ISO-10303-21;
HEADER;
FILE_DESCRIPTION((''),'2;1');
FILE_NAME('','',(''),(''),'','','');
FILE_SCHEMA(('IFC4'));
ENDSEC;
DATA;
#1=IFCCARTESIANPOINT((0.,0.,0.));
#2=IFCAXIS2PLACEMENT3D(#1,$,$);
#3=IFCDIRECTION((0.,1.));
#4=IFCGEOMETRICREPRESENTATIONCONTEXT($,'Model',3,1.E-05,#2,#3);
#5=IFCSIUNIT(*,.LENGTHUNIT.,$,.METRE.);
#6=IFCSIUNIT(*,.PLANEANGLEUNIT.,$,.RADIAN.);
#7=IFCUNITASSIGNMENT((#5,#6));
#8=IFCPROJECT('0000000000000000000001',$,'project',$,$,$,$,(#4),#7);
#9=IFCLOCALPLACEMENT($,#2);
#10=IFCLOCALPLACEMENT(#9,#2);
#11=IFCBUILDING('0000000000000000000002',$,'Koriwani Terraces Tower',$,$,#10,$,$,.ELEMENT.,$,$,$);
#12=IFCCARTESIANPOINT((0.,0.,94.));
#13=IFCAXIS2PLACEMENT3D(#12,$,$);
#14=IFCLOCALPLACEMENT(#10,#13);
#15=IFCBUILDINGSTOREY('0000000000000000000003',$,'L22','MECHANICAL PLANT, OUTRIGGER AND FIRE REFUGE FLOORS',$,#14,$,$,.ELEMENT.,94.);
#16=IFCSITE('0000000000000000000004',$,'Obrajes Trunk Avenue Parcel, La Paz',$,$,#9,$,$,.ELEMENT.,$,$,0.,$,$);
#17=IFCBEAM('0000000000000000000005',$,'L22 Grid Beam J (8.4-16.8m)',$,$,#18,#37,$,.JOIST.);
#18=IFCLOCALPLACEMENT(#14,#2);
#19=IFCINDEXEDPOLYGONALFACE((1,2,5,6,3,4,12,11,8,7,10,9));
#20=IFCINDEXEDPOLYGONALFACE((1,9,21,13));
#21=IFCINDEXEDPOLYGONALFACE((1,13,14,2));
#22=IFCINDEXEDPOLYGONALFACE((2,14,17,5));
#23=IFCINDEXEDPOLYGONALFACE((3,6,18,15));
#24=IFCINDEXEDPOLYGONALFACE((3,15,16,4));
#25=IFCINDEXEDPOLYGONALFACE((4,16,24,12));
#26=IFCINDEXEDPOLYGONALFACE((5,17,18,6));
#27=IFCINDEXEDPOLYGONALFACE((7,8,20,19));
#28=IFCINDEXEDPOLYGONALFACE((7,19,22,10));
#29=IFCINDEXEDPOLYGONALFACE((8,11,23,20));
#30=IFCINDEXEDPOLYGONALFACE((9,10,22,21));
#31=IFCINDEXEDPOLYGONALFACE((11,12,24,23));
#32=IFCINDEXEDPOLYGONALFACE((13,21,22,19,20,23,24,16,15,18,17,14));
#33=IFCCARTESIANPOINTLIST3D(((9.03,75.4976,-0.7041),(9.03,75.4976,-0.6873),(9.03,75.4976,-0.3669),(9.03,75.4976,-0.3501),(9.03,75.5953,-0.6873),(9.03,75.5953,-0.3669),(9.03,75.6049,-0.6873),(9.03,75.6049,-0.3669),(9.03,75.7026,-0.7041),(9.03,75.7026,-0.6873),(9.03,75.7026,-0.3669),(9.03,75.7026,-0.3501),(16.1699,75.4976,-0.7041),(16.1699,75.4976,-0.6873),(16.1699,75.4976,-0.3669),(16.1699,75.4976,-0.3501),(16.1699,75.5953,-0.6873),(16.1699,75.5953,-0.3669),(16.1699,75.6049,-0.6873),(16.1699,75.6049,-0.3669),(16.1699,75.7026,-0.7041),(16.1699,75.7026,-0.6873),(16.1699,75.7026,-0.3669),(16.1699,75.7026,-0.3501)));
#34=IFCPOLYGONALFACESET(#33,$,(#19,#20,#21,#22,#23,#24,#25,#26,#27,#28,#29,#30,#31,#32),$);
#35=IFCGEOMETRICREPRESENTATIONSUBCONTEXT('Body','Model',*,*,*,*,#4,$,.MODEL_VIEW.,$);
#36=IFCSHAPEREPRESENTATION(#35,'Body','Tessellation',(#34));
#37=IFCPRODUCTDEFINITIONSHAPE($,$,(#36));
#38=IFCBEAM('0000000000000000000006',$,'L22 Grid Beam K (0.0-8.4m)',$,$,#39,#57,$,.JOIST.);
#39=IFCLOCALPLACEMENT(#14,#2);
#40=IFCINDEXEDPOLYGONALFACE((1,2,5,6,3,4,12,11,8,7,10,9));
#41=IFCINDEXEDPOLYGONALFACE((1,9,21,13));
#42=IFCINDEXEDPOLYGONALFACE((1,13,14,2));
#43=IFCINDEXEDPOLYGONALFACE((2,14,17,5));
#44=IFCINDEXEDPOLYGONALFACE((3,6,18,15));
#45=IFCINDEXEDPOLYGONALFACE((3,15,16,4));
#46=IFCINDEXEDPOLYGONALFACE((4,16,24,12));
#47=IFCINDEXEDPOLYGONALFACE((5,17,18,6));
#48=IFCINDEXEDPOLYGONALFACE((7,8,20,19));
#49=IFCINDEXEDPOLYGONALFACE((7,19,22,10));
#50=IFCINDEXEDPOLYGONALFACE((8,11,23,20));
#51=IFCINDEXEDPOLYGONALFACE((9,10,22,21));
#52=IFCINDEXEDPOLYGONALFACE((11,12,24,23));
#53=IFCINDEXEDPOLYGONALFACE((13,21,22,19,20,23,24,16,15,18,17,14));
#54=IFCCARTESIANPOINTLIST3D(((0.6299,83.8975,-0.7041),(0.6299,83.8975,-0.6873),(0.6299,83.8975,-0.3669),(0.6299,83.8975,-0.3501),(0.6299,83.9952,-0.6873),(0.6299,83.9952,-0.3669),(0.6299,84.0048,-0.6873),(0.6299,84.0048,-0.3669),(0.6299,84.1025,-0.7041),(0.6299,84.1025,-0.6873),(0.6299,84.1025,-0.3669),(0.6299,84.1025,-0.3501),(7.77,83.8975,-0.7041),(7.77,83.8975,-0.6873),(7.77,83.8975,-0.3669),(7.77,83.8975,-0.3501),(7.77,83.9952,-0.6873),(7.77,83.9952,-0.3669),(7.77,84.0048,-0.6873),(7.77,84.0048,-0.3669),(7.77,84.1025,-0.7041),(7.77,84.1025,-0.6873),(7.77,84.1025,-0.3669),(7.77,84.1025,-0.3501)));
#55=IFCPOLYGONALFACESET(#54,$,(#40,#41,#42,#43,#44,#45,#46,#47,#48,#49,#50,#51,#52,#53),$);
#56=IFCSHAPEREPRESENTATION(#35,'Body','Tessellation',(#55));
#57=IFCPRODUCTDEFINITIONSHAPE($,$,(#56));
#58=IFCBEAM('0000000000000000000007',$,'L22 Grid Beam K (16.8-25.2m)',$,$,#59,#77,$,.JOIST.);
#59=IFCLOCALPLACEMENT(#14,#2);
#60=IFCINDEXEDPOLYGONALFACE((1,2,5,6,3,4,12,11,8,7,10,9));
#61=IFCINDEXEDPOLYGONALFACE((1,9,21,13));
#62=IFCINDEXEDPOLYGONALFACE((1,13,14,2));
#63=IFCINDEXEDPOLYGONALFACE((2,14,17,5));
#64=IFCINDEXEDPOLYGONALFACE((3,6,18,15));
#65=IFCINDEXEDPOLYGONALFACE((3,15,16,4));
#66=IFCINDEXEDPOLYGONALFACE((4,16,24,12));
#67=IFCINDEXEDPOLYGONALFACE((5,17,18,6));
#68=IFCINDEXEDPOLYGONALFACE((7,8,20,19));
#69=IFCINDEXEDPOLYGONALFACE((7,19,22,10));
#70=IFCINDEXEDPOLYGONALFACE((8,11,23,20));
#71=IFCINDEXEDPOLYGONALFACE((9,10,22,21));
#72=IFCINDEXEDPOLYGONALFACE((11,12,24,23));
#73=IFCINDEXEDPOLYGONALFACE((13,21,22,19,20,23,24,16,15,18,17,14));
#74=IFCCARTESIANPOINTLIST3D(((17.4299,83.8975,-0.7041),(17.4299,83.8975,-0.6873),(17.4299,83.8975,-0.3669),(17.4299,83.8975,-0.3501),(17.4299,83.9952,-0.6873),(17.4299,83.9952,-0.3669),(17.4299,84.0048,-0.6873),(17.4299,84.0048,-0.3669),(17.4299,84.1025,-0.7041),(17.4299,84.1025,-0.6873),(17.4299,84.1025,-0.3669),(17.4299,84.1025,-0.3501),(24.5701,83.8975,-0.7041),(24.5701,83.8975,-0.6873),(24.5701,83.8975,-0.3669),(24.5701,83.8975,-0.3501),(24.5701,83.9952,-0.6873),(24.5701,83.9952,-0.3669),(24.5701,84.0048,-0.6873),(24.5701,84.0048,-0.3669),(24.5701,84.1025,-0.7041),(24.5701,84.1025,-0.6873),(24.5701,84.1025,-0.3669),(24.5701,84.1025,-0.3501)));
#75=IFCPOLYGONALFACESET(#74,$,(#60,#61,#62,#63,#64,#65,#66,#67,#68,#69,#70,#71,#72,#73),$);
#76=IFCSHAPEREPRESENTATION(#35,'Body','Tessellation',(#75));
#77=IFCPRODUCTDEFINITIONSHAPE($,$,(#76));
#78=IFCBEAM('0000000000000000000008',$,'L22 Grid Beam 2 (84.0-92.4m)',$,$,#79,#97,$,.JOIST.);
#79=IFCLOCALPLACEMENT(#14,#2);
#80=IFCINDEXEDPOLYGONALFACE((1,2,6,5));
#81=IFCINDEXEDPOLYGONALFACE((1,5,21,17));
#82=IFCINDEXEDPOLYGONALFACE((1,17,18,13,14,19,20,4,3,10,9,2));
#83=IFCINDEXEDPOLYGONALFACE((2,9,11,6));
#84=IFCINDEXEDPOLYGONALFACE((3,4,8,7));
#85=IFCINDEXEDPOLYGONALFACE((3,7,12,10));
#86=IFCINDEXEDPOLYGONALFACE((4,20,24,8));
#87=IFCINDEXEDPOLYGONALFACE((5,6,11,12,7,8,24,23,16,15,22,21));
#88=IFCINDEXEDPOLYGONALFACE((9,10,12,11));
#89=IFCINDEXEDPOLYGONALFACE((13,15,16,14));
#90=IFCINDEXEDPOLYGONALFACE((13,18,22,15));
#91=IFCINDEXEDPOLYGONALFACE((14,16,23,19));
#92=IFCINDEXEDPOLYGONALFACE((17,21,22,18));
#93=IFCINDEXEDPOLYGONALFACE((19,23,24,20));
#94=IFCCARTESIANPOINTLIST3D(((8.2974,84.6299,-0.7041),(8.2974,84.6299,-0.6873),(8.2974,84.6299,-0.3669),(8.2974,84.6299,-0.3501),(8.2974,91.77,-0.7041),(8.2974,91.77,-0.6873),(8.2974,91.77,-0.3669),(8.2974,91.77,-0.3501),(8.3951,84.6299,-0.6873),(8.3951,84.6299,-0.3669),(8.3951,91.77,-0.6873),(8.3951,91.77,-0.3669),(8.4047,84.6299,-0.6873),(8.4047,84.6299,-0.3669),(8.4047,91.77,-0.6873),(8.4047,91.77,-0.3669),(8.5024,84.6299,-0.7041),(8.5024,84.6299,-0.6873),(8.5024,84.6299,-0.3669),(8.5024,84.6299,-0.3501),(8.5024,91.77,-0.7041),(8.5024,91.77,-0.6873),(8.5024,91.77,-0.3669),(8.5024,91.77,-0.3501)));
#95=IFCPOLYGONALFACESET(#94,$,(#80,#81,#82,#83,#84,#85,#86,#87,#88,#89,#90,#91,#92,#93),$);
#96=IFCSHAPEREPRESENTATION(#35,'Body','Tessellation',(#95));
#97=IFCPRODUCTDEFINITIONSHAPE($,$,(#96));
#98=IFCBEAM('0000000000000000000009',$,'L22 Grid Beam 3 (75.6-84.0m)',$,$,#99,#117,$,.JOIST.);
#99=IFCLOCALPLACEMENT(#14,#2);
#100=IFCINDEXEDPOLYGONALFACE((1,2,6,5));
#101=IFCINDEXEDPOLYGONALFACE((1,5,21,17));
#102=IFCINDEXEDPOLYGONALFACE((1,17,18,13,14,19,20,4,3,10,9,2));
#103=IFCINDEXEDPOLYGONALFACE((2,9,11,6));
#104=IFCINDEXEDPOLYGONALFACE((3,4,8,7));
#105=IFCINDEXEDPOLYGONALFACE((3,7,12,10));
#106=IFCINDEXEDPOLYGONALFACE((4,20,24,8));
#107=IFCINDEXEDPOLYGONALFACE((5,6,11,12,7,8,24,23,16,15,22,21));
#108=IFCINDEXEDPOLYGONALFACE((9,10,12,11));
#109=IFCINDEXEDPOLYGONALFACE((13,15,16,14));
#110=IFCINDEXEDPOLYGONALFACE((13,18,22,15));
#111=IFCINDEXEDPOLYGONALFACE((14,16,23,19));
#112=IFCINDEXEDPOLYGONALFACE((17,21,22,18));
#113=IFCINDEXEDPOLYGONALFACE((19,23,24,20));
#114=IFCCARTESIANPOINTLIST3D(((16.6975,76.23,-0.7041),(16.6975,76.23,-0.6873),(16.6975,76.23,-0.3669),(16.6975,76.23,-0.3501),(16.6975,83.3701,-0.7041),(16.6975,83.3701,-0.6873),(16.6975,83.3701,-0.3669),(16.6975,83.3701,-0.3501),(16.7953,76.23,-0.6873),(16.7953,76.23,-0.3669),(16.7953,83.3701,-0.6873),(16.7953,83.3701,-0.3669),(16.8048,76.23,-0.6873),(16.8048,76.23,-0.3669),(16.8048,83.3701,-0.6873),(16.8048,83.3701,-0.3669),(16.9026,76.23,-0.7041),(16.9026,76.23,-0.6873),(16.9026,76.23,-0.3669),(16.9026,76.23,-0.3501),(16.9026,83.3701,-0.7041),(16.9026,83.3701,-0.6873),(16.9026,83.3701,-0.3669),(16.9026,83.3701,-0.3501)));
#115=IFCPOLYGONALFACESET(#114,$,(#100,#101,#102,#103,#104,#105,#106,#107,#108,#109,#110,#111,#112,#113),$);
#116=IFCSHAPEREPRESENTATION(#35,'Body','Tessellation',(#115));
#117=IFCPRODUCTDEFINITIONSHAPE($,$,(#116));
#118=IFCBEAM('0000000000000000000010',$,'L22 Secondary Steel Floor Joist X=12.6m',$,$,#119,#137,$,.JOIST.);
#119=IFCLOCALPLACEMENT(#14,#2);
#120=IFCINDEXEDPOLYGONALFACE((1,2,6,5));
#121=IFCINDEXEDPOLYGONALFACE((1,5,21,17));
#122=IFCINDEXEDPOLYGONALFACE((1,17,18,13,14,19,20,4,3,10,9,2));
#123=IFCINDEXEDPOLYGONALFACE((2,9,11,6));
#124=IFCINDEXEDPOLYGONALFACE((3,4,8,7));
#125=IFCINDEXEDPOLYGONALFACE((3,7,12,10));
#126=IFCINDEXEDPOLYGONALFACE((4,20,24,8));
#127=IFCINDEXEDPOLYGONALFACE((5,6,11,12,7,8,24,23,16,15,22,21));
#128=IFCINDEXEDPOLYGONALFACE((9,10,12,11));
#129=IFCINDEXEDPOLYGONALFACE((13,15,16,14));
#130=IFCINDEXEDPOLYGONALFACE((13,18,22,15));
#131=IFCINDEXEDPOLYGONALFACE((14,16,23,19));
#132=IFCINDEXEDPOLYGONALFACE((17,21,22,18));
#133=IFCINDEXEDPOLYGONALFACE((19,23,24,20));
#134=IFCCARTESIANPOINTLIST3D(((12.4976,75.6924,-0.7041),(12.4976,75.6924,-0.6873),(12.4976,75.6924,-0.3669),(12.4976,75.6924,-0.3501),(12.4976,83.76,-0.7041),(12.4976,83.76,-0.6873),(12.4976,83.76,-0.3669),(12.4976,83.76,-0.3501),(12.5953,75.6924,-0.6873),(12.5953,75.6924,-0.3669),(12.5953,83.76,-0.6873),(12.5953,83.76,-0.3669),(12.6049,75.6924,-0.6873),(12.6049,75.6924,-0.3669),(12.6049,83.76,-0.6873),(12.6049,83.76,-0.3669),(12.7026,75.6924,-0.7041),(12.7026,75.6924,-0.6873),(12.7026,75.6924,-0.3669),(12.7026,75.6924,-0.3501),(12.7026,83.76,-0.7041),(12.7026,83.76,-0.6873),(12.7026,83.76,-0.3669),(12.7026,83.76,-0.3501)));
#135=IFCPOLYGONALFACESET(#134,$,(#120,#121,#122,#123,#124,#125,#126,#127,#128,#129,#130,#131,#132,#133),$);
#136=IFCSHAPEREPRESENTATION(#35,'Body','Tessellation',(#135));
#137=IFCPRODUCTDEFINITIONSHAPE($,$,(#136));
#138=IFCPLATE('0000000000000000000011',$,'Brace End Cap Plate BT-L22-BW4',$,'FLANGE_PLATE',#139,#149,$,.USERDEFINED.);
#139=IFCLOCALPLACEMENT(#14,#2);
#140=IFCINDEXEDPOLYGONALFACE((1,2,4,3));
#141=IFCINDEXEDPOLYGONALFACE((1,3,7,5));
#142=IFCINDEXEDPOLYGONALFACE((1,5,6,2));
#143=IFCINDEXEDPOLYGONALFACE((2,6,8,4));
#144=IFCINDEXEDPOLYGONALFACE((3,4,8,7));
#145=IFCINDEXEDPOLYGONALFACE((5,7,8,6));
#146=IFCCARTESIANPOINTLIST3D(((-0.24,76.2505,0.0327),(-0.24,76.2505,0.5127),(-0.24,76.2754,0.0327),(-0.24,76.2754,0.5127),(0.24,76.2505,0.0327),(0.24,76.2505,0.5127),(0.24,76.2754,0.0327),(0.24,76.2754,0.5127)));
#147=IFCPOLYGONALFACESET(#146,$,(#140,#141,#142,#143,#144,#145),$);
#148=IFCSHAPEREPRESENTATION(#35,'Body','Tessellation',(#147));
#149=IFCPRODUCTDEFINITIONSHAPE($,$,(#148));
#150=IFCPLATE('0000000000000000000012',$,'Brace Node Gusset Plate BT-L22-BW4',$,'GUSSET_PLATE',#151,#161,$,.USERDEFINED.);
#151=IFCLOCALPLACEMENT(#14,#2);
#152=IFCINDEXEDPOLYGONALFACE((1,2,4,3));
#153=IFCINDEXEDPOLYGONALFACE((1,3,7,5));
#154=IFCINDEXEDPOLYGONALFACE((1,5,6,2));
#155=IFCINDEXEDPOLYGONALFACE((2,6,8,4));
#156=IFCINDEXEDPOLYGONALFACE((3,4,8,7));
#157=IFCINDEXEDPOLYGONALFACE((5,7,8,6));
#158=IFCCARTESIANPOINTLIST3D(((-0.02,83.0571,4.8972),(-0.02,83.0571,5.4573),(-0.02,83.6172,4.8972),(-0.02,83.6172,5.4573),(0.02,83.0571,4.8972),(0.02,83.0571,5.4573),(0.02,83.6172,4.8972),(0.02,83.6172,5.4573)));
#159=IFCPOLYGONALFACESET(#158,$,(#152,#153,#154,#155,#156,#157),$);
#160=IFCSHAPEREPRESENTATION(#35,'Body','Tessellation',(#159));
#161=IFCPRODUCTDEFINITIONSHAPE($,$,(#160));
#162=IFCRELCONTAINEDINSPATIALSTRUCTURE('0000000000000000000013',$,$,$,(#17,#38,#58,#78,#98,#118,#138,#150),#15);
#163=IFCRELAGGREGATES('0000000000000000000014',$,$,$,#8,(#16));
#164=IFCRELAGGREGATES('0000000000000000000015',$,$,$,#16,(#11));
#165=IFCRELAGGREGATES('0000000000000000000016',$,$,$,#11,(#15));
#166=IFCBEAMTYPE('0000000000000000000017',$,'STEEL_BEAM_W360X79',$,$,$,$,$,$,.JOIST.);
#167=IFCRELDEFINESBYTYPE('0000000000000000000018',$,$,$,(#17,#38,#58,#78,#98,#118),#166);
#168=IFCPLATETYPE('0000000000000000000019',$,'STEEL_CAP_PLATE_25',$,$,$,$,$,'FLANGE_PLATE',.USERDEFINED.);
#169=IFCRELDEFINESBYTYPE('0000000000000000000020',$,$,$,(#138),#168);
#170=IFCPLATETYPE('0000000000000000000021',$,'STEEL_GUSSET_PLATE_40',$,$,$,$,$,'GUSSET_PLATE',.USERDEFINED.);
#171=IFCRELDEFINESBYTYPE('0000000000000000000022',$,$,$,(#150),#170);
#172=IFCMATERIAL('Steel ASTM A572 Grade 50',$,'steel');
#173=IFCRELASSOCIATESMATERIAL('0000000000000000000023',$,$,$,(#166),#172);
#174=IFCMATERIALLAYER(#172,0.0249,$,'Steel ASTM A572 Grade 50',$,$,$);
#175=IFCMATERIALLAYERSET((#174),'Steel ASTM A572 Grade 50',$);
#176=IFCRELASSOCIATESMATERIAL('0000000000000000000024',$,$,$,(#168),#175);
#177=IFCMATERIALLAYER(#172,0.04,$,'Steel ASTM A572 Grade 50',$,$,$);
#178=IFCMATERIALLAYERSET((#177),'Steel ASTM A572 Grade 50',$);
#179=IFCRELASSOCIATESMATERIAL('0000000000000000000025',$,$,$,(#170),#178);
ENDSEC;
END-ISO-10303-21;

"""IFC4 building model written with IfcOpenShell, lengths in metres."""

from ifc_helpers import new_model, si_unit, direction, frame, origin, origin_2d, place, context, subcontext, project, spatial, rectangle, i_section, extrude, material, layer, layer_set, material_profile, profile_set, type_object, element, save


model = new_model("IFC4")

# Units and contexts
model_context = context("Model", 3, precision=1e-05, world=origin(), true_north=direction((0.0, 1.0)))
body_context = subcontext(model_context, "Body", "Model", "MODEL_VIEW")
ifc_project = project(units=[si_unit("LENGTHUNIT", "METRE"), si_unit("PLANEANGLEUNIT", "RADIAN")], contexts=[model_context])

# Site, building, storey
site_placement = place(None, origin())
site = spatial("IfcSite", under=ifc_project, at=site_placement, Name="Obrajes Trunk Avenue Parcel, La Paz", CompositionType="ELEMENT", RefElevation=0.0)
building_placement = place(site_placement, origin())
building = spatial("IfcBuilding", under=site, at=building_placement, Name="Koriwani Terraces Tower", CompositionType="ELEMENT")
storey_placement = place(building_placement, frame((0.0, 0.0, 94.0)))
storey = spatial("IfcBuildingStorey", under=building, at=storey_placement, Name="L22", Description="MECHANICAL PLANT, OUTRIGGER AND FIRE REFUGE FLOORS", CompositionType="ELEMENT", Elevation=94.0)

# Shared definitions
ifc_material_1 = material(Name="Steel ASTM A572 Grade 50", Category="steel")

# Beams
ifc_material_profile_1 = material_profile(ifc_material_1, i_section(OverallWidth=0.2051, OverallDepth=0.354, WebThickness=0.0095, FlangeThickness=0.0168, at=origin_2d()), Name="Steel ASTM A572 Grade 50", Category="LoadBearing")
ifc_profile_set_1 = profile_set([ifc_material_profile_1], Name="Steel ASTM A572 Grade 50")
beam_type_1 = type_object("IfcBeamType", Name="STEEL_BEAM_W360X79", PredefinedType="JOIST", material=ifc_profile_set_1)
beam_1_placement = place(storey_placement, frame((9.03, 75.6001, -0.5271), z_axis=(1.0, 0.0, 0.0), x_axis=(0.0, 1.0, 0.0)))
element("IfcBeam", 1, at=beam_1_placement, inside=storey, type_object=beam_type_1, Name="L22 Grid Beam J (8.4-16.8m)", PredefinedType="JOIST", context=body_context, shape_type="SweptSolid", body=[
    extrude(i_section(OverallWidth=0.2051, OverallDepth=0.354, WebThickness=0.0095, FlangeThickness=0.0168, at=origin_2d()), origin(), (0.0, 0.0, 1.0), 7.1399),
])
for number, where, z_axis, x_axis, name in (
    (2, (0.6299, 84.0, -0.5271), (1.0, 0.0, 0.0), (0.0, 1.0, 0.0), "L22 Grid Beam K (0.0-8.4m)"),
    (3, (17.4299, 84.0, -0.5271), (1.0, 0.0, 0.0), (0.0, 1.0, 0.0), "L22 Grid Beam K (16.8-25.2m)"),
    (4, (8.3999, 84.6299, -0.5271), (0.0, 1.0, 0.0), (-1.0, 0.0, 0.0), "L22 Grid Beam 2 (84.0-92.4m)"),
    (5, (16.8, 76.23, -0.5271), (0.0, 1.0, 0.0), (-1.0, 0.0, 0.0), "L22 Grid Beam 3 (75.6-84.0m)"),
):
    element("IfcBeam", number, at=place(storey_placement, frame(where, z_axis=z_axis, x_axis=x_axis)), inside=storey, type_object=beam_type_1, Name=name, PredefinedType="JOIST", context=body_context, shape_type="SweptSolid", body=[
        extrude(i_section(OverallWidth=0.2051, OverallDepth=0.354, WebThickness=0.0095, FlangeThickness=0.0168, at=origin_2d()), origin(), (0.0, 0.0, 1.0), 7.1401),
    ])
beam_2_placement = place(storey_placement, frame((12.6001, 75.6924, -0.5271), z_axis=(0.0, 1.0, 0.0), x_axis=(-1.0, 0.0, 0.0)))
element("IfcBeam", 6, at=beam_2_placement, inside=storey, type_object=beam_type_1, Name="L22 Secondary Steel Floor Joist X=12.6m", PredefinedType="JOIST", context=body_context, shape_type="SweptSolid", body=[
    extrude(i_section(OverallWidth=0.2051, OverallDepth=0.354, WebThickness=0.0095, FlangeThickness=0.0168, at=origin_2d()), origin(), (0.0, 0.0, 1.0), 8.0676),
])

# Plates
ifc_layer_1 = layer(ifc_material_1, 0.0249, Name="Steel ASTM A572 Grade 50")
ifc_layer_set_1 = layer_set([ifc_layer_1], Name="Steel ASTM A572 Grade 50")
plate_type_1 = type_object("IfcPlateType", Name="STEEL_CAP_PLATE_25", ElementType="FLANGE_PLATE", PredefinedType="USERDEFINED", material=ifc_layer_set_1)
plate_1_placement = place(storey_placement, frame((0.0, 76.2629, 0.0327), z_axis=(0.0, 0.0, 1.0), x_axis=(0.0, 1.0, 0.0)))
element("IfcPlate", 7, at=plate_1_placement, inside=storey, type_object=plate_type_1, Name="Brace End Cap Plate BT-L22-BW4", ObjectType="FLANGE_PLATE", PredefinedType="USERDEFINED", context=body_context, shape_type="SweptSolid", body=[
    extrude(rectangle(XDim=0.0249, YDim=0.48, at=origin_2d()), origin(), (0.0, 0.0, 1.0), 0.48),
])
ifc_layer_2 = layer(ifc_material_1, 0.04, Name="Steel ASTM A572 Grade 50")
ifc_layer_set_2 = layer_set([ifc_layer_2], Name="Steel ASTM A572 Grade 50")
plate_type_2 = type_object("IfcPlateType", Name="STEEL_GUSSET_PLATE_40", ElementType="GUSSET_PLATE", PredefinedType="USERDEFINED", material=ifc_layer_set_2)
plate_2_placement = place(storey_placement, frame((0.0, 83.3372, 4.8972), z_axis=(0.0, 0.0, 1.0), x_axis=(0.0, 1.0, 0.0)))
element("IfcPlate", 8, at=plate_2_placement, inside=storey, type_object=plate_type_2, Name="Brace Node Gusset Plate BT-L22-BW4", ObjectType="GUSSET_PLATE", PredefinedType="USERDEFINED", context=body_context, shape_type="SweptSolid", body=[
    extrude(rectangle(XDim=0.5601, YDim=0.04, at=origin_2d()), origin(), (0.0, 0.0, 1.0), 0.5601),
])

save(model, "model.ifc")
